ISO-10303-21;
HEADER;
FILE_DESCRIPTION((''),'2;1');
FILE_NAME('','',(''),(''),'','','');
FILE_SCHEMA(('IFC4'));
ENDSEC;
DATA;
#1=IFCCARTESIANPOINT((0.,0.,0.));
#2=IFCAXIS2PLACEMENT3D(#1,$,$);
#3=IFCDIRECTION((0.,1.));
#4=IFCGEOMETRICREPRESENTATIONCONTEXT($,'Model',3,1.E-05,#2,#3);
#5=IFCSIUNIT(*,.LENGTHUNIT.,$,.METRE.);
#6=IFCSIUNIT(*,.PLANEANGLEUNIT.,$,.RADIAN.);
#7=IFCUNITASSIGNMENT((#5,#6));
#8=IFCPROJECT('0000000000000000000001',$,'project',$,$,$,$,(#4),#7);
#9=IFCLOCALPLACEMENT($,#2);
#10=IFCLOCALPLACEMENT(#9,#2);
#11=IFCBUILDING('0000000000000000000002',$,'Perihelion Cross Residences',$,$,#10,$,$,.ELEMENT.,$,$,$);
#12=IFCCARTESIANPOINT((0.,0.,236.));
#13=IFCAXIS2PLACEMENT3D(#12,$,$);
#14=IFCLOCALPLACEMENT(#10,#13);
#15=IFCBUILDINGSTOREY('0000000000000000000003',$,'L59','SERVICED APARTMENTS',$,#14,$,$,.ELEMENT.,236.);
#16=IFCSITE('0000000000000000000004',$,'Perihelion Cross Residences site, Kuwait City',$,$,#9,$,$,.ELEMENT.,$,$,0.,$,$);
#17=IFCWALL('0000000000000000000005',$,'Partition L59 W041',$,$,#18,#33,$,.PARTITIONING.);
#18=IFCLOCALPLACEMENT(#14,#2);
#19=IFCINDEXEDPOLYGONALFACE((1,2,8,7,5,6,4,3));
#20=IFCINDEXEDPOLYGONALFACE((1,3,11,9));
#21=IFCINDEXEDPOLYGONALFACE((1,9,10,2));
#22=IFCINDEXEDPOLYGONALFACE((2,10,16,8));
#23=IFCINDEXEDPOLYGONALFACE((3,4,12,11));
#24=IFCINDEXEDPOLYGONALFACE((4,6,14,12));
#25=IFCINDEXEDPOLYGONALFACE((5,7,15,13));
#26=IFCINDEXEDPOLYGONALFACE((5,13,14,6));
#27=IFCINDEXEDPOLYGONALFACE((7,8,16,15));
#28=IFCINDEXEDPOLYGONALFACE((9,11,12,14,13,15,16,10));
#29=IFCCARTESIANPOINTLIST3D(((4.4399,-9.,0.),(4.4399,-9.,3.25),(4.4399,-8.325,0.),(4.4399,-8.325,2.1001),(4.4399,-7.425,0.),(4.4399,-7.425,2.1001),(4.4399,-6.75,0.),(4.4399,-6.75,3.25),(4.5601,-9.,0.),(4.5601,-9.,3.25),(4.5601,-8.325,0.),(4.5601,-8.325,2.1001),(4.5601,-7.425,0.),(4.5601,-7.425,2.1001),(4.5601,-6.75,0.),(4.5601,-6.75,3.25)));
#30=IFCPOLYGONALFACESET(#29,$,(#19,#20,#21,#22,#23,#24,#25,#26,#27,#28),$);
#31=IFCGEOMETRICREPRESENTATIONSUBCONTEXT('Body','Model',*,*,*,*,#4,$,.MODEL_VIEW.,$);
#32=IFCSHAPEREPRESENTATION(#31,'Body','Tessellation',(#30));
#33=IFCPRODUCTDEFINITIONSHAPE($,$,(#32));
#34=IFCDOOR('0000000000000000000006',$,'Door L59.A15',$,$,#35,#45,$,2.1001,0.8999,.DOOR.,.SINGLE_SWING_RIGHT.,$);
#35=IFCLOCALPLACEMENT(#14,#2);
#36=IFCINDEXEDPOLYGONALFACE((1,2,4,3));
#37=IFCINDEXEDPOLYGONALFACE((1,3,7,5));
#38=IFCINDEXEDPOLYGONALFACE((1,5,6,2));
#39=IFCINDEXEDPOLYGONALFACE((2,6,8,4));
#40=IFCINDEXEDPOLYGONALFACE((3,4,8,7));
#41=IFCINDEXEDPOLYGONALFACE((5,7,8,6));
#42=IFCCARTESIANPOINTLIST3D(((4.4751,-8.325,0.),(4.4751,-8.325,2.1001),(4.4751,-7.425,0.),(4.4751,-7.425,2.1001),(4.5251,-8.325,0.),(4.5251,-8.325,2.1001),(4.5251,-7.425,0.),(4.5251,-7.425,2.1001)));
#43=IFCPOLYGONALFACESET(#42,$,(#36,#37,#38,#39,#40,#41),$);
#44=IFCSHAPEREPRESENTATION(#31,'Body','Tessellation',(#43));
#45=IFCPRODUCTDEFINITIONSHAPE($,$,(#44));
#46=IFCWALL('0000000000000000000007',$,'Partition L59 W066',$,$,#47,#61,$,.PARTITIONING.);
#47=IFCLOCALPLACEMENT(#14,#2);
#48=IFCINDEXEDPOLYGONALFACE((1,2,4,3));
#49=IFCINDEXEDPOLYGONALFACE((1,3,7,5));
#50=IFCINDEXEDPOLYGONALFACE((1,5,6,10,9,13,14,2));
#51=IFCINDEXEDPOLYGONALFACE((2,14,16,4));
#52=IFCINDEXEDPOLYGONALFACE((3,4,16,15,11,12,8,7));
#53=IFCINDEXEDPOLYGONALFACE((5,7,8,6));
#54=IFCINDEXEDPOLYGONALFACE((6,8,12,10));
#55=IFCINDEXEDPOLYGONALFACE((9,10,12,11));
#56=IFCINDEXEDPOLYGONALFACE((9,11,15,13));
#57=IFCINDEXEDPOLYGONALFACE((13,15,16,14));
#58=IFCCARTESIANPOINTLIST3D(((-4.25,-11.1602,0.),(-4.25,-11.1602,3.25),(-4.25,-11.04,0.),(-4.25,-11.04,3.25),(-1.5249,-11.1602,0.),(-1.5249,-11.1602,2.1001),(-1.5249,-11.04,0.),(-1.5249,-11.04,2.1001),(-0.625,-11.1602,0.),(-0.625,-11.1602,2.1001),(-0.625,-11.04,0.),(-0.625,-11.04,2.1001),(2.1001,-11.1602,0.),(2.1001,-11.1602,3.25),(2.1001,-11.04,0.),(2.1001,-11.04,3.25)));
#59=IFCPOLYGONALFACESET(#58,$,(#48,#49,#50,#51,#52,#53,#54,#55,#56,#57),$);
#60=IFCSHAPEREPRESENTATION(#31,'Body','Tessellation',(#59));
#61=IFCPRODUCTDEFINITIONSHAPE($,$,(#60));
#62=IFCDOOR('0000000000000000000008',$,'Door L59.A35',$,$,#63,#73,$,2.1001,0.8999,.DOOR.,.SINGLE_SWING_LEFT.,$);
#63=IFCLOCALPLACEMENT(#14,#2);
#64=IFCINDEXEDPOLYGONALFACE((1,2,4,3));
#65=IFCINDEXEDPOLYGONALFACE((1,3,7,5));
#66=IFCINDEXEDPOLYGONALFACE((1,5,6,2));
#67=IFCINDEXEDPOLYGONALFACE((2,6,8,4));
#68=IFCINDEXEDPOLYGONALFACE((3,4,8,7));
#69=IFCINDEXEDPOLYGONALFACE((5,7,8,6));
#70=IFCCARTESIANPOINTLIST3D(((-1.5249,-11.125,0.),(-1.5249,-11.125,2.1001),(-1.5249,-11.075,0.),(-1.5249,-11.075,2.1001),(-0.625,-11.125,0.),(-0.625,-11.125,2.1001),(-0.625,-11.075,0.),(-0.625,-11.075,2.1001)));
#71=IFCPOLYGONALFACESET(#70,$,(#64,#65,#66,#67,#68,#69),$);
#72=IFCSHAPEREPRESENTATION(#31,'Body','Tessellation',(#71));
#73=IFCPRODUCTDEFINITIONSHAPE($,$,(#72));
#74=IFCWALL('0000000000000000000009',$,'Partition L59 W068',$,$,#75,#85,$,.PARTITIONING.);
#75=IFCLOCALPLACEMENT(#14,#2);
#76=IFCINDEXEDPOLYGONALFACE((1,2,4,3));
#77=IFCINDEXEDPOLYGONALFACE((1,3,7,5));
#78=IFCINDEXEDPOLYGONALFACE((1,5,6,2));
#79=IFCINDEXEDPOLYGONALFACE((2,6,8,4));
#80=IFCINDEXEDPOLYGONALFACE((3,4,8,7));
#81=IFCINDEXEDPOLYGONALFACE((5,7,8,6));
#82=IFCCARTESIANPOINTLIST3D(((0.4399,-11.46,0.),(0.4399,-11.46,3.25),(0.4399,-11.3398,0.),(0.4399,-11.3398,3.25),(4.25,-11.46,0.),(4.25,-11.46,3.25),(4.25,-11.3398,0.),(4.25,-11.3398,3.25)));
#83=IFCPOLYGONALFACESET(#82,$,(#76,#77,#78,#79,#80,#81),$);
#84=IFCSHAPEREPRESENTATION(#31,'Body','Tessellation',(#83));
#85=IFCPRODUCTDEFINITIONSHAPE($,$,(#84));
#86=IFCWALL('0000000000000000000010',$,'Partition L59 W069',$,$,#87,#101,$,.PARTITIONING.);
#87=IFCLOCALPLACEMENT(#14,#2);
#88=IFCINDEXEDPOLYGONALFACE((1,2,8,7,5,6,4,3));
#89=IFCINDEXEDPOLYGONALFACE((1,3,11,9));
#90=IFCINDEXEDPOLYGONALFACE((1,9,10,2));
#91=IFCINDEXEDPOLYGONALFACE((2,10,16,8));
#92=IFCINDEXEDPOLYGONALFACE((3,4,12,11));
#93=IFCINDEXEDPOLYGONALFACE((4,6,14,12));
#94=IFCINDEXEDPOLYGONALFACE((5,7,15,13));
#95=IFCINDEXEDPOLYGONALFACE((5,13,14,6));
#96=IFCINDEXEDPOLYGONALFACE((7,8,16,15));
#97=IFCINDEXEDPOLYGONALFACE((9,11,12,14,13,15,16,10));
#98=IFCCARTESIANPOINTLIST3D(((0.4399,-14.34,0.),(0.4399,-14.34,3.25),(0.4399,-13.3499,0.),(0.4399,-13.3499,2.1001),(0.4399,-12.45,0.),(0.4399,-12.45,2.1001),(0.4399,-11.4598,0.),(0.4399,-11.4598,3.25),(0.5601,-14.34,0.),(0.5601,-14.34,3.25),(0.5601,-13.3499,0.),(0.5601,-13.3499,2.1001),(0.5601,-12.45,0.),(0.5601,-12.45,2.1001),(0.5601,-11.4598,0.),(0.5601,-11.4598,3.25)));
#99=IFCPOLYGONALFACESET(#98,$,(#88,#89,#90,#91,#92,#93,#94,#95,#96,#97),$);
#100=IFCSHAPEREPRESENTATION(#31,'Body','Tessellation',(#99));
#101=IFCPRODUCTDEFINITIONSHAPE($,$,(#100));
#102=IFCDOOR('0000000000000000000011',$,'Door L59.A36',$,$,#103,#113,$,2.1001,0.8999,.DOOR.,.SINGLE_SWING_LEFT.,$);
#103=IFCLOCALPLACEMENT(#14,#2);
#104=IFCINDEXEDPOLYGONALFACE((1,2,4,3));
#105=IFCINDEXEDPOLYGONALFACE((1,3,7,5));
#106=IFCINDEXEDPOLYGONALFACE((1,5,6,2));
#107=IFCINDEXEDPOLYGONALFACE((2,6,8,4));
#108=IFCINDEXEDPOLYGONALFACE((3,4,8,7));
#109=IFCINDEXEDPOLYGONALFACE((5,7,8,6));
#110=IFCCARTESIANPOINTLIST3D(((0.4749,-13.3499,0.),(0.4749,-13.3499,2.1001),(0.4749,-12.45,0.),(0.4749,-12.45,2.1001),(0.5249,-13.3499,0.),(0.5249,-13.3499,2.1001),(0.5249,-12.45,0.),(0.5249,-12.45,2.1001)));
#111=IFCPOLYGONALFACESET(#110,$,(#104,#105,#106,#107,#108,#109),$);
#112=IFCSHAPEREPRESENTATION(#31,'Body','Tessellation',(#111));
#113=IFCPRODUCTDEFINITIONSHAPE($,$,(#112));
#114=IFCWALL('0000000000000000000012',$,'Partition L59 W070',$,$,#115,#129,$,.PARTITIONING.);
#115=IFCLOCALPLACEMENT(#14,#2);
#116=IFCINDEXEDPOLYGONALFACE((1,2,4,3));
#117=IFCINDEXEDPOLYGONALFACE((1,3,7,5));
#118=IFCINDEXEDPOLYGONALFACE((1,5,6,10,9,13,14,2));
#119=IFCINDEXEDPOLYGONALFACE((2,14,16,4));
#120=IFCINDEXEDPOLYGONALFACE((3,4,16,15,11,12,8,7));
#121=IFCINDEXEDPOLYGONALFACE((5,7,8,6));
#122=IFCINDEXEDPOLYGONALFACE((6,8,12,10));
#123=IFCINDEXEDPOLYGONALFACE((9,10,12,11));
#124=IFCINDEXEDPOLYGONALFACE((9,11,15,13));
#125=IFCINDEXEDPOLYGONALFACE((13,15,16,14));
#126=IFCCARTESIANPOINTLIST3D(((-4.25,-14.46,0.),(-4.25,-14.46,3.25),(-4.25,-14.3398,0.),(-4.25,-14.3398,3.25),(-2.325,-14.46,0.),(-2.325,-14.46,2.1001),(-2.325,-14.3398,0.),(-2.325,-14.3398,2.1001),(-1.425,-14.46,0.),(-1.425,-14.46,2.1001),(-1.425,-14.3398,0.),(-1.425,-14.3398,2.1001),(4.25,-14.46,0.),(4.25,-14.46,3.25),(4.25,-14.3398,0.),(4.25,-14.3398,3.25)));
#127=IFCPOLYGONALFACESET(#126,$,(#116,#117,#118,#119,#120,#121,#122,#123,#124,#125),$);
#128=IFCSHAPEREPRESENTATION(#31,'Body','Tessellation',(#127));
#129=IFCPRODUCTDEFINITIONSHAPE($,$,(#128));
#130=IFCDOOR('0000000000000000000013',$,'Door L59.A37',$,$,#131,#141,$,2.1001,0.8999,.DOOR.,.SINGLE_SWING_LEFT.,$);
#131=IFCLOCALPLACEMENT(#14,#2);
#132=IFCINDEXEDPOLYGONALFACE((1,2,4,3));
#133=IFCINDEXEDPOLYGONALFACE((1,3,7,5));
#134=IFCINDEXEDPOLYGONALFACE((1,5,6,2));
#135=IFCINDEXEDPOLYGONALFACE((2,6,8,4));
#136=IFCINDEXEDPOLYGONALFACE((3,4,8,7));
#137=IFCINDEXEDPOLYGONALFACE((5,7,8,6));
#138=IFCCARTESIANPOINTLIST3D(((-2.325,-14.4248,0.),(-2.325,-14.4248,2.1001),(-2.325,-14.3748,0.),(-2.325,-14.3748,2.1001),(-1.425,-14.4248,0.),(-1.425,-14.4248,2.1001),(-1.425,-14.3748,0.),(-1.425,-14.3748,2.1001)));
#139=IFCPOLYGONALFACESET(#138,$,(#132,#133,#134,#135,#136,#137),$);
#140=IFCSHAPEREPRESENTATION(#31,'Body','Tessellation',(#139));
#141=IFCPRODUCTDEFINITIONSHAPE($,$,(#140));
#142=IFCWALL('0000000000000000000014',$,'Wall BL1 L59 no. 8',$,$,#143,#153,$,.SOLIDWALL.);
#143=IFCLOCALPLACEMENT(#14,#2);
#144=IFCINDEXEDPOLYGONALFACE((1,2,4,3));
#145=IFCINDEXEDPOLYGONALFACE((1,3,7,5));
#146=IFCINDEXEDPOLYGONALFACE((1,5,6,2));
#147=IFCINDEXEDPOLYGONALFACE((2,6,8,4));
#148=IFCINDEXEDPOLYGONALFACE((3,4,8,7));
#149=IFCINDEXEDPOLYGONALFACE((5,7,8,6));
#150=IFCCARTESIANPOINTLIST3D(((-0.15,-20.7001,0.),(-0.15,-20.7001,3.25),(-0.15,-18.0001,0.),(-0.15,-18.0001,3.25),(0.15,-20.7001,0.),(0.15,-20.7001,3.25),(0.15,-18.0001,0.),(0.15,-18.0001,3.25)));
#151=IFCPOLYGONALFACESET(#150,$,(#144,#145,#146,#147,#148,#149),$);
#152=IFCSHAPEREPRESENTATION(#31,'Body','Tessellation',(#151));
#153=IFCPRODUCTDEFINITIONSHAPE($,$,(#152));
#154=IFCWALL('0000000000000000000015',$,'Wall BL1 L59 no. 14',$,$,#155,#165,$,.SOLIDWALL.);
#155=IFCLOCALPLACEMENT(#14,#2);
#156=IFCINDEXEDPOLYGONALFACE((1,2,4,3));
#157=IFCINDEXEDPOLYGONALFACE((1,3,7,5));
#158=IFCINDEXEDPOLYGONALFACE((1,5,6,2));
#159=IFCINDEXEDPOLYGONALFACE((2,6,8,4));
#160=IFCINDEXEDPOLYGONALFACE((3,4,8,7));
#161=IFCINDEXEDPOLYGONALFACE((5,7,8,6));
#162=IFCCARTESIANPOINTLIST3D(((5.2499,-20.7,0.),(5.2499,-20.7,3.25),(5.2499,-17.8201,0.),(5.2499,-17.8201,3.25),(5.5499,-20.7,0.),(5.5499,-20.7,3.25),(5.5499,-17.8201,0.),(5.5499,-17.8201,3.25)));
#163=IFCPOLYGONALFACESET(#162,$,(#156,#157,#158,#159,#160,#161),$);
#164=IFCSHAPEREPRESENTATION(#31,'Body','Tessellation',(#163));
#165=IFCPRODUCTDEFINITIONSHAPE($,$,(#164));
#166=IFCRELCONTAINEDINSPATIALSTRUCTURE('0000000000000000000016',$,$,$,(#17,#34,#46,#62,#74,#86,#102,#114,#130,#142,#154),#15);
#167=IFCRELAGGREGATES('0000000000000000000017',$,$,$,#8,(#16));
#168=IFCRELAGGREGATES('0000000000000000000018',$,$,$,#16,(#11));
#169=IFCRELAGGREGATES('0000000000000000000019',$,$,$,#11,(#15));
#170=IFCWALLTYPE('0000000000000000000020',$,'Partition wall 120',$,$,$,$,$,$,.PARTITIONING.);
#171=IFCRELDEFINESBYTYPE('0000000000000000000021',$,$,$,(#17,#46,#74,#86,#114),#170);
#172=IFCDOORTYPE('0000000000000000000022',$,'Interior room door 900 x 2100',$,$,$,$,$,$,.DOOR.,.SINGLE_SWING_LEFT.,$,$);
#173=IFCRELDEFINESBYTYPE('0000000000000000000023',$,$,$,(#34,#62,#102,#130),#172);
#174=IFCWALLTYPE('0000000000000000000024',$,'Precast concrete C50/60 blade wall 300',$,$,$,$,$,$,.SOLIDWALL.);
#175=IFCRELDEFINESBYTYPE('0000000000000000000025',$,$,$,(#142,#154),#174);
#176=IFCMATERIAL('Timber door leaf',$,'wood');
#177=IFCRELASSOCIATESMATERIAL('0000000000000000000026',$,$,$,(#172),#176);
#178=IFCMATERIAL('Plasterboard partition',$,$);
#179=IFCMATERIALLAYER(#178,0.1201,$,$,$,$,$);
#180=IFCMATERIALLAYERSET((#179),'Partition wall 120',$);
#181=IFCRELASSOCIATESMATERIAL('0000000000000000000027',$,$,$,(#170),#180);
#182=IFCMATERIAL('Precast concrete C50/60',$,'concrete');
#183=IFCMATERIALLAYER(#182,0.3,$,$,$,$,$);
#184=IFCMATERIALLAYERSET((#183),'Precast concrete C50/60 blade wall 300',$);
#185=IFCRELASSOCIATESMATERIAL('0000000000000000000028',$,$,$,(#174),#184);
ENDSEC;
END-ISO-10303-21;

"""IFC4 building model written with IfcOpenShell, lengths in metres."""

from ifc_helpers import new_model, si_unit, direction, frame, frame_2d, origin, place, context, subcontext, project, spatial, rectangle, extrude, material, layer, layer_set, type_object, element, fill, save


model = new_model("IFC4")

# Units and contexts
model_context = context("Model", 3, precision=1e-05, world=origin(), true_north=direction((0.0, 1.0)))
body_context = subcontext(model_context, "Body", "Model", "MODEL_VIEW")
ifc_project = project(units=[si_unit("LENGTHUNIT", "METRE"), si_unit("PLANEANGLEUNIT", "RADIAN")], contexts=[model_context])

# Site, building, storey
site_placement = place(None, origin())
site = spatial("IfcSite", under=ifc_project, at=site_placement, Name="Perihelion Cross Residences site, Kuwait City", CompositionType="ELEMENT", RefElevation=0.0)
building_placement = place(site_placement, origin())
building = spatial("IfcBuilding", under=site, at=building_placement, Name="Perihelion Cross Residences", CompositionType="ELEMENT")
storey_placement = place(building_placement, frame((0.0, 0.0, 236.0)))
storey = spatial("IfcBuildingStorey", under=building, at=storey_placement, Name="L59", Description="SERVICED APARTMENTS", CompositionType="ELEMENT", Elevation=236.0)

# Walls, openings, doors
ifc_material_1 = material(Name="Timber door leaf", Category="wood")
door_type_1 = type_object("IfcDoorType", Name="Interior room door 900 x 2100", OperationType="SINGLE_SWING_LEFT", PredefinedType="DOOR", material=ifc_material_1)
ifc_material_2 = material(Name="Plasterboard partition")
ifc_layer_1 = layer(ifc_material_2, 0.1201)
ifc_layer_set_1 = layer_set([ifc_layer_1], Name="Partition wall 120")
wall_type_1 = type_object("IfcWallType", Name="Partition wall 120", PredefinedType="PARTITIONING", material=ifc_layer_set_1)
wall_1_placement = place(storey_placement, frame((4.5, -9.0, 0.0), z_axis=(0.0, 0.0, 1.0), x_axis=(0.0, 1.0, 0.0)))
wall_1 = element("IfcWall", 1, at=wall_1_placement, inside=storey, type_object=wall_type_1, Name="Partition L59 W041", PredefinedType="PARTITIONING", context=body_context, shape_type="SweptSolid", body=[
    extrude(rectangle(XDim=2.25, YDim=0.1201, at=frame_2d((1.125, 0.0))), origin(), (0.0, 0.0, 1.0), 3.25),
])
opening_1_placement = place(wall_1_placement, frame((0.675, 0.0, 0.0)))
opening_1 = element("IfcOpeningElement", 2, at=opening_1_placement, cuts=wall_1, PredefinedType="OPENING", context=body_context, shape_type="SweptSolid", body=[
    extrude(rectangle(XDim=0.8999, YDim=2.1001, at=frame_2d((0.45, 1.05))), frame((0.0, 0.0701, 0.0), z_axis=(0.0, -1.0, 0.0), x_axis=(1.0, 0.0, 0.0)), (0.0, 0.0, 1.0), 0.1401),
])
door_1_placement = place(opening_1_placement, origin())
door_1 = element("IfcDoor", 3, at=door_1_placement, inside=storey, type_object=door_type_1, Name="Door L59.A15", OperationType="SINGLE_SWING_RIGHT", OverallHeight=2.1001, OverallWidth=0.8999, PredefinedType="DOOR", context=body_context, shape_type="SweptSolid", body=[
    extrude(rectangle(XDim=0.8999, YDim=2.1001, at=frame_2d((0.45, 1.05))), frame((0.0, 0.0249, 0.0), z_axis=(0.0, -1.0, 0.0), x_axis=(1.0, 0.0, 0.0)), (0.0, 0.0, 1.0), 0.05),
])
fill(opening_1, door_1)
wall_2_placement = place(storey_placement, frame((2.1001, -11.1001, 0.0), z_axis=(0.0, 0.0, 1.0), x_axis=(-1.0, 0.0, 0.0)))
wall_2 = element("IfcWall", 4, at=wall_2_placement, inside=storey, type_object=wall_type_1, Name="Partition L59 W066", PredefinedType="PARTITIONING", context=body_context, shape_type="SweptSolid", body=[
    extrude(rectangle(XDim=6.3501, YDim=0.1201, at=frame_2d((3.175, 0.0))), origin(), (0.0, 0.0, 1.0), 3.25),
])
opening_2_placement = place(wall_2_placement, frame((2.7251, 0.0, 0.0)))
opening_2 = element("IfcOpeningElement", 5, at=opening_2_placement, cuts=wall_2, PredefinedType="OPENING", context=body_context, shape_type="SweptSolid", body=[
    extrude(rectangle(XDim=0.8999, YDim=2.1001, at=frame_2d((0.45, 1.05))), frame((0.0, 0.0701, 0.0), z_axis=(0.0, -1.0, 0.0), x_axis=(1.0, 0.0, 0.0)), (0.0, 0.0, 1.0), 0.1401),
])
door_2_placement = place(opening_2_placement, origin())
door_2 = element("IfcDoor", 6, at=door_2_placement, inside=storey, type_object=door_type_1, Name="Door L59.A35", OperationType="SINGLE_SWING_LEFT", OverallHeight=2.1001, OverallWidth=0.8999, PredefinedType="DOOR", context=body_context, shape_type="SweptSolid", body=[
    extrude(rectangle(XDim=0.8999, YDim=2.1001, at=frame_2d((0.45, 1.05))), frame((0.0, 0.0249, 0.0), z_axis=(0.0, -1.0, 0.0), x_axis=(1.0, 0.0, 0.0)), (0.0, 0.0, 1.0), 0.05),
])
fill(opening_2, door_2)

# Wall
wall_3_placement = place(storey_placement, frame((4.25, -11.3999, 0.0), z_axis=(0.0, 0.0, 1.0), x_axis=(-1.0, 0.0, 0.0)))
element("IfcWall", 7, at=wall_3_placement, inside=storey, type_object=wall_type_1, Name="Partition L59 W068", PredefinedType="PARTITIONING", context=body_context, shape_type="SweptSolid", body=[
    extrude(rectangle(XDim=3.8101, YDim=0.1201, at=frame_2d((1.905, 0.0))), origin(), (0.0, 0.0, 1.0), 3.25),
])

# Walls, openings, doors
wall_4_placement = place(storey_placement, frame((0.5, -11.46, 0.0), z_axis=(0.0, 0.0, 1.0), x_axis=(0.0, -1.0, 0.0)))
wall_4 = element("IfcWall", 8, at=wall_4_placement, inside=storey, type_object=wall_type_1, Name="Partition L59 W069", PredefinedType="PARTITIONING", context=body_context, shape_type="SweptSolid", body=[
    extrude(rectangle(XDim=2.8801, YDim=0.1201, at=frame_2d((1.4399, 0.0))), origin(), (0.0, 0.0, 1.0), 3.25),
])
opening_3_placement = place(wall_4_placement, frame((0.99, 0.0, 0.0)))
opening_3 = element("IfcOpeningElement", 9, at=opening_3_placement, cuts=wall_4, PredefinedType="OPENING", context=body_context, shape_type="SweptSolid", body=[
    extrude(rectangle(XDim=0.8999, YDim=2.1001, at=frame_2d((0.45, 1.05))), frame((0.0, 0.0701, 0.0), z_axis=(0.0, -1.0, 0.0), x_axis=(1.0, 0.0, 0.0)), (0.0, 0.0, 1.0), 0.1401),
])
door_3_placement = place(opening_3_placement, origin())
door_3 = element("IfcDoor", 10, at=door_3_placement, inside=storey, type_object=door_type_1, Name="Door L59.A36", OperationType="SINGLE_SWING_LEFT", OverallHeight=2.1001, OverallWidth=0.8999, PredefinedType="DOOR", context=body_context, shape_type="SweptSolid", body=[
    extrude(rectangle(XDim=0.8999, YDim=2.1001, at=frame_2d((0.45, 1.05))), frame((0.0, 0.0249, 0.0), z_axis=(0.0, -1.0, 0.0), x_axis=(1.0, 0.0, 0.0)), (0.0, 0.0, 1.0), 0.05),
])
fill(opening_3, door_3)
wall_5_placement = place(storey_placement, frame((4.25, -14.3999, 0.0), z_axis=(0.0, 0.0, 1.0), x_axis=(-1.0, 0.0, 0.0)))
wall_5 = element("IfcWall", 11, at=wall_5_placement, inside=storey, type_object=wall_type_1, Name="Partition L59 W070", PredefinedType="PARTITIONING", context=body_context, shape_type="SweptSolid", body=[
    extrude(rectangle(XDim=8.5, YDim=0.1201, at=frame_2d((4.25, 0.0))), origin(), (0.0, 0.0, 1.0), 3.25),
])
opening_4_placement = place(wall_5_placement, frame((5.675, 0.0, 0.0)))
opening_4 = element("IfcOpeningElement", 12, at=opening_4_placement, cuts=wall_5, PredefinedType="OPENING", context=body_context, shape_type="SweptSolid", body=[
    extrude(rectangle(XDim=0.8999, YDim=2.1001, at=frame_2d((0.45, 1.05))), frame((0.0, 0.0701, 0.0), z_axis=(0.0, -1.0, 0.0), x_axis=(1.0, 0.0, 0.0)), (0.0, 0.0, 1.0), 0.1401),
])
door_4_placement = place(opening_4_placement, origin())
door_4 = element("IfcDoor", 13, at=door_4_placement, inside=storey, type_object=door_type_1, Name="Door L59.A37", OperationType="SINGLE_SWING_LEFT", OverallHeight=2.1001, OverallWidth=0.8999, PredefinedType="DOOR", context=body_context, shape_type="SweptSolid", body=[
    extrude(rectangle(XDim=0.8999, YDim=2.1001, at=frame_2d((0.45, 1.05))), frame((0.0, 0.0249, 0.0), z_axis=(0.0, -1.0, 0.0), x_axis=(1.0, 0.0, 0.0)), (0.0, 0.0, 1.0), 0.05),
])
fill(opening_4, door_4)

# Walls
ifc_material_3 = material(Name="Precast concrete C50/60", Category="concrete")
ifc_layer_2 = layer(ifc_material_3, 0.3)
ifc_layer_set_2 = layer_set([ifc_layer_2], Name="Precast concrete C50/60 blade wall 300")
wall_type_2 = type_object("IfcWallType", Name="Precast concrete C50/60 blade wall 300", PredefinedType="SOLIDWALL", material=ifc_layer_set_2)
wall_6_placement = place(storey_placement, frame((0.0, -18.0, 0.0), z_axis=(0.0, 0.0, 1.0), x_axis=(0.0, -1.0, 0.0)))
element("IfcWall", 14, at=wall_6_placement, inside=storey, type_object=wall_type_2, Name="Wall BL1 L59 no. 8", PredefinedType="SOLIDWALL", context=body_context, shape_type="SweptSolid", body=[
    extrude(rectangle(XDim=2.7, YDim=0.3, at=frame_2d((1.3501, 0.0))), origin(), (0.0, 0.0, 1.0), 3.25),
])
wall_7_placement = place(storey_placement, frame((5.3999, -17.8201, 0.0), z_axis=(0.0, 0.0, 1.0), x_axis=(0.0, -1.0, 0.0)))
element("IfcWall", 15, at=wall_7_placement, inside=storey, type_object=wall_type_2, Name="Wall BL1 L59 no. 14", PredefinedType="SOLIDWALL", context=body_context, shape_type="SweptSolid", body=[
    extrude(rectangle(XDim=2.8799, YDim=0.3, at=frame_2d((1.4399, 0.0))), origin(), (0.0, 0.0, 1.0), 3.25),
])

save(model, "model.ifc")
